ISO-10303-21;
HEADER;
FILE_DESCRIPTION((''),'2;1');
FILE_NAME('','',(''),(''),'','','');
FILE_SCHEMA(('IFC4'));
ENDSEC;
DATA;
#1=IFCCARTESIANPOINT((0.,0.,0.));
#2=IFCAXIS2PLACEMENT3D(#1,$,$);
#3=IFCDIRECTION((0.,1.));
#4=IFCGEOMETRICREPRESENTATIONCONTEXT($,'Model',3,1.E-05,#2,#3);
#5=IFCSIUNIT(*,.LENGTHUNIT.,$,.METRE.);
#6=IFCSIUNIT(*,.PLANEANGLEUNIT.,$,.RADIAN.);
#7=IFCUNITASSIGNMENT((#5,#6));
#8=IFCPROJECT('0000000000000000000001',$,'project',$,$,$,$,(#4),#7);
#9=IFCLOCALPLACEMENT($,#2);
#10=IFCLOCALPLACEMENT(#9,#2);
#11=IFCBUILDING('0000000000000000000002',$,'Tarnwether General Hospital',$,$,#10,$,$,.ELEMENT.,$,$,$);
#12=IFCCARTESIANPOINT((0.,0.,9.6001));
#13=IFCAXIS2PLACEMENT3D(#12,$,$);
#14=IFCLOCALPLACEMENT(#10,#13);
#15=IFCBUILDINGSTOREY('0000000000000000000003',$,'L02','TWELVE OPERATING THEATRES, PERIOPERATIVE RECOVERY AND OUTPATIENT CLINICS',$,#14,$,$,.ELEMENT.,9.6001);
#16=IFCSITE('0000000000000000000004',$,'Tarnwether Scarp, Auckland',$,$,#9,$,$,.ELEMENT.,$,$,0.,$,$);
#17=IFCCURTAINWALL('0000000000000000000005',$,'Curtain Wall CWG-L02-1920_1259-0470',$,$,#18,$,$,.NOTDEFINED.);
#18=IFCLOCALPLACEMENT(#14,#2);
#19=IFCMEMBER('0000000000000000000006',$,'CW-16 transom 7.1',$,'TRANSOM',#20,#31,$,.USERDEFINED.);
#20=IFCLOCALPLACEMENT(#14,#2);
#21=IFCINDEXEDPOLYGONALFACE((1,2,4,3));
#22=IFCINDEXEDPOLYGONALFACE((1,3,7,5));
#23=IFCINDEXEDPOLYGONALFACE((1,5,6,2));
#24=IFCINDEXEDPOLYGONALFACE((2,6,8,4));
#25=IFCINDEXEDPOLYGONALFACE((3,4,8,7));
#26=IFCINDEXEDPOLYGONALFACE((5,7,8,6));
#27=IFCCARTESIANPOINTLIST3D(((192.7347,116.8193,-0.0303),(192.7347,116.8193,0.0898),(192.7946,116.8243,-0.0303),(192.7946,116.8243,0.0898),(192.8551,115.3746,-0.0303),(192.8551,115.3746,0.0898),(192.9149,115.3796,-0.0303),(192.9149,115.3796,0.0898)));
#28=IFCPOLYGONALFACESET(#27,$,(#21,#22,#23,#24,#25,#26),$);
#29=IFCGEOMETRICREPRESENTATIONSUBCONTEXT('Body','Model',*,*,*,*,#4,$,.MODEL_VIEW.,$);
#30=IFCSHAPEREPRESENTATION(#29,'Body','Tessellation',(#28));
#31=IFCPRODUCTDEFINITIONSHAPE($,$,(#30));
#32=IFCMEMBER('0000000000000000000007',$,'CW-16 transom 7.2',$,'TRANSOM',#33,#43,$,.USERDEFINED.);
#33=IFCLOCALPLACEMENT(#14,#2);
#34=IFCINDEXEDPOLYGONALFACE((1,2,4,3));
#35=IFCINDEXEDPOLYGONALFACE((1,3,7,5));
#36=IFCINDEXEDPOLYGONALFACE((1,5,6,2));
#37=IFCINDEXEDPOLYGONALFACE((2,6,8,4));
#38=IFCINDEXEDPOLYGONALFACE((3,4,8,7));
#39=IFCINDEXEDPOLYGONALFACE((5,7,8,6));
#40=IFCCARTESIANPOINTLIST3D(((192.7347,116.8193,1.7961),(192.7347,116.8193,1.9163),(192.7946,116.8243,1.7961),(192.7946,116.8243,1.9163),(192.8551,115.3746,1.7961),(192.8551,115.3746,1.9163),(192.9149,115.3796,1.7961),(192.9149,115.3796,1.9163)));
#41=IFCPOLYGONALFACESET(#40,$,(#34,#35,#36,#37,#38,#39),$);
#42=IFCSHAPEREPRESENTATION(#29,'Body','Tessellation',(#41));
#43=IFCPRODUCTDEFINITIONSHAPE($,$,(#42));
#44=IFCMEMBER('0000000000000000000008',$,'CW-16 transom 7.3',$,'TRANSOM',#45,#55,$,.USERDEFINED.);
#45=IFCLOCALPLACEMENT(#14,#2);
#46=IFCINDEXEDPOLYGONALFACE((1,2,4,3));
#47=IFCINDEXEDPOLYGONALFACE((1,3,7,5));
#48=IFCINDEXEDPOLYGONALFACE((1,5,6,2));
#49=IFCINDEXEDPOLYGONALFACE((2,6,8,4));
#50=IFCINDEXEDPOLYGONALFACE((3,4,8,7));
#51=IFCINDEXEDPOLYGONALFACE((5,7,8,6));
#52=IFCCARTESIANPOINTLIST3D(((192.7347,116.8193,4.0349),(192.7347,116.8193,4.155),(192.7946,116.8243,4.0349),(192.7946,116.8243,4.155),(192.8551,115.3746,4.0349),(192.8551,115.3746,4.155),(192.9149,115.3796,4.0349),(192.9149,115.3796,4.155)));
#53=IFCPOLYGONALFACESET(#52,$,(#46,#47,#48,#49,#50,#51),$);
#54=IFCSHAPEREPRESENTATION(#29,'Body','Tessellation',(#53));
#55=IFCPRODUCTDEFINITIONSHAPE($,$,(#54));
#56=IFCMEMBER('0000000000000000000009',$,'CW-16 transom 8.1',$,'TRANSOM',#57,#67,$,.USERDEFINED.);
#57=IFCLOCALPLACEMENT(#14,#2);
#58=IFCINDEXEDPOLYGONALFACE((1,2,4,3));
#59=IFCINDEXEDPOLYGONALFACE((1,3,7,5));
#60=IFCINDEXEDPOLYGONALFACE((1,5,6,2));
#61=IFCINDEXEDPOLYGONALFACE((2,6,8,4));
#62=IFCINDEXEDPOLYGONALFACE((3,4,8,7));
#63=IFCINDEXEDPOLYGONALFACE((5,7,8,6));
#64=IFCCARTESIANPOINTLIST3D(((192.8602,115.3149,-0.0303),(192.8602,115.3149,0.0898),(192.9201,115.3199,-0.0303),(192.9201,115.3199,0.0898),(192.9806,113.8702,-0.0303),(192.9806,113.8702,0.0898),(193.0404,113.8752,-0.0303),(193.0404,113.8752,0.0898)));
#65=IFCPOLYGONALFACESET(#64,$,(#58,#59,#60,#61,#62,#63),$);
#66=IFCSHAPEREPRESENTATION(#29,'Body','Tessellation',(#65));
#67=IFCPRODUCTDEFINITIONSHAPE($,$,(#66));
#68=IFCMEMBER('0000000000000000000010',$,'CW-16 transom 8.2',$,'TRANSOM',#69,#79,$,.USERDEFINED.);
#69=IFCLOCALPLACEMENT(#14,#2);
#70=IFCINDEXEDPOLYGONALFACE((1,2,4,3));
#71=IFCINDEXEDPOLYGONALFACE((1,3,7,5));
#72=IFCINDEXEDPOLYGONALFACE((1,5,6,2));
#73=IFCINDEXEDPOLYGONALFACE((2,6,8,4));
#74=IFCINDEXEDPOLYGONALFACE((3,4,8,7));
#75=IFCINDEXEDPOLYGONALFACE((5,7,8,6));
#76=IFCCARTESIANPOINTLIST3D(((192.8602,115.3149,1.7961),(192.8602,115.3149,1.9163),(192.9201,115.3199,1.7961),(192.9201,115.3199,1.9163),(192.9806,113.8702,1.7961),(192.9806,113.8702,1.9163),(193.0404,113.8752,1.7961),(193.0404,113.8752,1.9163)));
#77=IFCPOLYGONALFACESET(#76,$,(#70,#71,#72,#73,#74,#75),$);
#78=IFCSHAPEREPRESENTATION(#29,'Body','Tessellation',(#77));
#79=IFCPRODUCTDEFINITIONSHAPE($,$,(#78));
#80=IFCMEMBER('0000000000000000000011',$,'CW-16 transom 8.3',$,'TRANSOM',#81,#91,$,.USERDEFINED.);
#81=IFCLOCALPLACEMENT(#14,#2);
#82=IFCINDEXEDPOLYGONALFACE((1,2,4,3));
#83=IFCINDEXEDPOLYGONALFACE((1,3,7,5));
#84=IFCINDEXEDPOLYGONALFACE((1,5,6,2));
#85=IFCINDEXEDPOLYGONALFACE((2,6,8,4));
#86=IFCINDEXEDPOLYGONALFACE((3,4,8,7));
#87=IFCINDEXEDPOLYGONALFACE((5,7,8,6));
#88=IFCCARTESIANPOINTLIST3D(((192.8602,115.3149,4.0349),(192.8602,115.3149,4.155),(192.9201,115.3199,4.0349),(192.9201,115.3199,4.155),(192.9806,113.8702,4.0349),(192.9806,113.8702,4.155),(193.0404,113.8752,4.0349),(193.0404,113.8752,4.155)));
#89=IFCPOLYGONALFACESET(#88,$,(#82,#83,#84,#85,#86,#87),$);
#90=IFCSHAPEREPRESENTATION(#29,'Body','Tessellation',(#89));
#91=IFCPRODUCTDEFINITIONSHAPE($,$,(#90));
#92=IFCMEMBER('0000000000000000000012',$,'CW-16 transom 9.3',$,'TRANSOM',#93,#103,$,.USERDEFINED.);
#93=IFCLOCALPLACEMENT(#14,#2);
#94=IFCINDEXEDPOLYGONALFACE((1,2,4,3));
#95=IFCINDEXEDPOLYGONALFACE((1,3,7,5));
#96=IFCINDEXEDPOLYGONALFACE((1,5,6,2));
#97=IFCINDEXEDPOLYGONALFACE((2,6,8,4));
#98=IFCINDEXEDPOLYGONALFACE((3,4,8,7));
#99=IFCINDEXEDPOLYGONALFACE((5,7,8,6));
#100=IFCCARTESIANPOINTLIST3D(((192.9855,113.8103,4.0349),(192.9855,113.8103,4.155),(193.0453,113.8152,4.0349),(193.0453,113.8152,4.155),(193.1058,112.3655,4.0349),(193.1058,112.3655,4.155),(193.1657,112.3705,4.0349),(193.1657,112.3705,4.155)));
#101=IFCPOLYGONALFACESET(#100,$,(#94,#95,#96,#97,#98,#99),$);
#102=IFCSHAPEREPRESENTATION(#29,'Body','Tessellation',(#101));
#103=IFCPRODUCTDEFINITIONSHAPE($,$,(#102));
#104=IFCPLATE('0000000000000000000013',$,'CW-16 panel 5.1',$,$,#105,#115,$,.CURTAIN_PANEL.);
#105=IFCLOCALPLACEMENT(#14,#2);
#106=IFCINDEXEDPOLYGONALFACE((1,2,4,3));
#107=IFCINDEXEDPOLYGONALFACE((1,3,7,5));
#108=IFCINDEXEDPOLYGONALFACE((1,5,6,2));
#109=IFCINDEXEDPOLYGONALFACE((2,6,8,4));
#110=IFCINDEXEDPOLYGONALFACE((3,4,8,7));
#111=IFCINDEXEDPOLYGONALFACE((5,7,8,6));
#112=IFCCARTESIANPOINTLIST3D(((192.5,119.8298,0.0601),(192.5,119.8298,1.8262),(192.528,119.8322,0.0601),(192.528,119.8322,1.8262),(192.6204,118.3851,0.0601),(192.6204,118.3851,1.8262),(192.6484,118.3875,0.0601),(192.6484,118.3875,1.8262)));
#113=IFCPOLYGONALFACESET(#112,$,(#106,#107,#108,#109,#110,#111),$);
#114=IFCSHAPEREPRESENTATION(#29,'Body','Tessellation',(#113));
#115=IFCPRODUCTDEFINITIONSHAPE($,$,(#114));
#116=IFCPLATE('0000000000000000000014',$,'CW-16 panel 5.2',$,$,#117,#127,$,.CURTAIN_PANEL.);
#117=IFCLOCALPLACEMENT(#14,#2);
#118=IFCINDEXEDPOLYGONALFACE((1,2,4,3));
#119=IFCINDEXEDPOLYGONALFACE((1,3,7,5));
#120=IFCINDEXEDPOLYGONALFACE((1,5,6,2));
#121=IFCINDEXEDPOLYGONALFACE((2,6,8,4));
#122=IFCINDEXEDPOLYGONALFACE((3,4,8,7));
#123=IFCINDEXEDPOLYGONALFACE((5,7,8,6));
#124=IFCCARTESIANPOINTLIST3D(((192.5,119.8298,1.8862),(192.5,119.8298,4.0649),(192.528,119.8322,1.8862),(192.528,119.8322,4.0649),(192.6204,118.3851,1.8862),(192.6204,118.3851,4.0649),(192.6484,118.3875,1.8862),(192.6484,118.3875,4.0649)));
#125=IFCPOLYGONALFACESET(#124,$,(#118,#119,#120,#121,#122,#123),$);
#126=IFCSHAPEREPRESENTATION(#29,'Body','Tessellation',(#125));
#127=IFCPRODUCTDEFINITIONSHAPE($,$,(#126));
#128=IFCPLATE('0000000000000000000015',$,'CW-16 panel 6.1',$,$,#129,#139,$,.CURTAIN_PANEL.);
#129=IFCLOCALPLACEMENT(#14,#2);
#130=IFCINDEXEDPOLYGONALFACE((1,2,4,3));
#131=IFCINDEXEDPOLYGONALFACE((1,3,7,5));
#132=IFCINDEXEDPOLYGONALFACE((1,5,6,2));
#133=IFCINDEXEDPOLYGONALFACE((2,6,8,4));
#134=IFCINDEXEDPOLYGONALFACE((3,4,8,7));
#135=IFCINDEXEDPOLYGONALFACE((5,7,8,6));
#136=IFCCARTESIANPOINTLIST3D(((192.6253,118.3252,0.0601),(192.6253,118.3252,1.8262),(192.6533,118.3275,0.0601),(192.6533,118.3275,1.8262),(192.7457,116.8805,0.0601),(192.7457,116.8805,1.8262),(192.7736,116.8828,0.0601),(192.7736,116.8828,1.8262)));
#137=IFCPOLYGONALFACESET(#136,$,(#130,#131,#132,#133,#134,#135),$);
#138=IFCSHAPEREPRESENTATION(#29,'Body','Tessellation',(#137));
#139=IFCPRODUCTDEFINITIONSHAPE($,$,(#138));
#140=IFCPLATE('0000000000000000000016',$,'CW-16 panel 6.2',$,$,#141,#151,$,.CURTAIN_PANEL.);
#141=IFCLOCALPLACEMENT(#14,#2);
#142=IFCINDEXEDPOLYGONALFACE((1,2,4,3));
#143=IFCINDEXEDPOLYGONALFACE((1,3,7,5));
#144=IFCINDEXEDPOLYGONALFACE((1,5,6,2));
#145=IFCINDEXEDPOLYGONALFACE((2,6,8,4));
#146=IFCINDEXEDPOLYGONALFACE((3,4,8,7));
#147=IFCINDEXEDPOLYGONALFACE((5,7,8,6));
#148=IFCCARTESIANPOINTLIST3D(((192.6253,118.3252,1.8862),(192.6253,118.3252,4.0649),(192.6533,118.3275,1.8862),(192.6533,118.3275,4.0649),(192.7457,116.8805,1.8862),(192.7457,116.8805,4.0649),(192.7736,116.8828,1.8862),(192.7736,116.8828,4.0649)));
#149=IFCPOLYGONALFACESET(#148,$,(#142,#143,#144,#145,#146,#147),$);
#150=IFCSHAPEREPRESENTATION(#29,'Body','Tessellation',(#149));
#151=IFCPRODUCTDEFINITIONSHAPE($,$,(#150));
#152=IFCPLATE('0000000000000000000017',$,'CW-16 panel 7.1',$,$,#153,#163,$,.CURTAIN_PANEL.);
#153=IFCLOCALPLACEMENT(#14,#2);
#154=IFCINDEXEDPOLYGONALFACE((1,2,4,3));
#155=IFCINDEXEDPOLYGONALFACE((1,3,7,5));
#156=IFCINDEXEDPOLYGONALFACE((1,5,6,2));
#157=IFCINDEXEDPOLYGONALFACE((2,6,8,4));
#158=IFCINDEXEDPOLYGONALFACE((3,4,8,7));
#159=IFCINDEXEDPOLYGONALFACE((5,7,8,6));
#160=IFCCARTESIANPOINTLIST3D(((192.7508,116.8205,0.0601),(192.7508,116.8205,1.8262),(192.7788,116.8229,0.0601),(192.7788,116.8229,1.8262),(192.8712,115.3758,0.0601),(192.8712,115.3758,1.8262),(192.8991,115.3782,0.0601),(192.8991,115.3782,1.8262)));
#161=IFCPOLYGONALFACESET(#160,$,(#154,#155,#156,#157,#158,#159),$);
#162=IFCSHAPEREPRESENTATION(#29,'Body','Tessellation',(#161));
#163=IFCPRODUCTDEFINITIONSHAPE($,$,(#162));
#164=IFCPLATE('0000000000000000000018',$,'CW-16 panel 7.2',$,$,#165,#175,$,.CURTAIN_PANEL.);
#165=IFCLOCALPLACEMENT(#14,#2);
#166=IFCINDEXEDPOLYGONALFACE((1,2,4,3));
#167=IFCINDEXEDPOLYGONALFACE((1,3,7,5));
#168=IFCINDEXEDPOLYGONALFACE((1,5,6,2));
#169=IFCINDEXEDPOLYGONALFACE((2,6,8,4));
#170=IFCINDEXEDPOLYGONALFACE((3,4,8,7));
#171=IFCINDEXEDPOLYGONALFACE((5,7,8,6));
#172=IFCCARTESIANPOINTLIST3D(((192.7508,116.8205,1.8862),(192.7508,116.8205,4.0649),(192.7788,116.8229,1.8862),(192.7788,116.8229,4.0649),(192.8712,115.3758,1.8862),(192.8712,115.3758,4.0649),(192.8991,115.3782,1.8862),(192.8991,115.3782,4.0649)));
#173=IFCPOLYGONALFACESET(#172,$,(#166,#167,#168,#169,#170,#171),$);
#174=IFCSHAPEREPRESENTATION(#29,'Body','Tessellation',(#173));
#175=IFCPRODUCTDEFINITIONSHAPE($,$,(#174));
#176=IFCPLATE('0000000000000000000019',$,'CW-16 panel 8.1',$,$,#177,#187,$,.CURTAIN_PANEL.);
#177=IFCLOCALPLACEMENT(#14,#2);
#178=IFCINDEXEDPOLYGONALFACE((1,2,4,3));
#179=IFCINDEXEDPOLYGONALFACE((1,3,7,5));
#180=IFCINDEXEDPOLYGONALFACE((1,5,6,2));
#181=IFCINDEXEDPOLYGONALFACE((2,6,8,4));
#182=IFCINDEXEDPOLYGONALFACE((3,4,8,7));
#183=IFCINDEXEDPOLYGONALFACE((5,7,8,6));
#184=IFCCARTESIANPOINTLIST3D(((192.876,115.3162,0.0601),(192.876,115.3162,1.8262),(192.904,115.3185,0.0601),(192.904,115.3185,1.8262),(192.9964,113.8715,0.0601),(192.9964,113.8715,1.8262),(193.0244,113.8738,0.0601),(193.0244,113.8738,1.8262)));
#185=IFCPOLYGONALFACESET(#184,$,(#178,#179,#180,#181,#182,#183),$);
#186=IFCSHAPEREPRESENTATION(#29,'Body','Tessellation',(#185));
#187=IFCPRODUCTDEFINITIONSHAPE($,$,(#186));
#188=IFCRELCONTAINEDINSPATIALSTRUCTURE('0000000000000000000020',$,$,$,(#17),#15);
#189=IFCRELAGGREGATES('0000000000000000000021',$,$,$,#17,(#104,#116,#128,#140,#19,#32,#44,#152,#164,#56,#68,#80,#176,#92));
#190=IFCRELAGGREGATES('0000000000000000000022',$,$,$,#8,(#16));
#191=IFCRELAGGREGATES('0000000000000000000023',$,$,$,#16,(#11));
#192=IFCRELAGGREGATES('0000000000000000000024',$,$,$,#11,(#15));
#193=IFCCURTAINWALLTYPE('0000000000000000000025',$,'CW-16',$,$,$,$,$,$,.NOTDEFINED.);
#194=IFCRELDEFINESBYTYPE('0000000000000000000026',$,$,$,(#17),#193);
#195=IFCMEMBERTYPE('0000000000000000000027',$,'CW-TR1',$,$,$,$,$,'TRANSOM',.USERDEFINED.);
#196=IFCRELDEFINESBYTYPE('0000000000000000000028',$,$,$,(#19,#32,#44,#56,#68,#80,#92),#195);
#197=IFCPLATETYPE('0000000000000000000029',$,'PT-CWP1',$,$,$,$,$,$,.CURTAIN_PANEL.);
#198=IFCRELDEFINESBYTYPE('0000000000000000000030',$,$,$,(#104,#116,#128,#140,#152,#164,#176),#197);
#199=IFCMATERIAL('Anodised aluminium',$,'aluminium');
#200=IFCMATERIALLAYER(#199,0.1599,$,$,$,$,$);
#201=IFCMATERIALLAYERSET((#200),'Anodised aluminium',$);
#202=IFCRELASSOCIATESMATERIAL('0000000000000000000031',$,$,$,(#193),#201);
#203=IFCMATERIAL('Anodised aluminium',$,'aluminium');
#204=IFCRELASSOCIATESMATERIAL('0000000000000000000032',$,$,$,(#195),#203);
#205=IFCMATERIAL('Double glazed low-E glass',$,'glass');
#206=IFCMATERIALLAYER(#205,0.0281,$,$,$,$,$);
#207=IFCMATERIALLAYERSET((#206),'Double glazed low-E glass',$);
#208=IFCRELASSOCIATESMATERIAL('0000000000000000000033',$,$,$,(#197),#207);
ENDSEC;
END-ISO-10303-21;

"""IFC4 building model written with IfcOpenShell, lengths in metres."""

from ifc_helpers import new_model, si_unit, direction, frame, origin, origin_2d, place, context, subcontext, project, spatial, rectangle, extrude, material, layer, layer_set, material_profile, profile_set, type_object, element, aggregate, save


model = new_model("IFC4")

# Units and contexts
model_context = context("Model", 3, precision=1e-05, world=origin(), true_north=direction((0.0, 1.0)))
body_context = subcontext(model_context, "Body", "Model", "MODEL_VIEW")
ifc_project = project(units=[si_unit("LENGTHUNIT", "METRE"), si_unit("PLANEANGLEUNIT", "RADIAN")], contexts=[model_context])

# Site, building, storey
site_placement = place(None, origin())
site = spatial("IfcSite", under=ifc_project, at=site_placement, Name="Tarnwether Scarp, Auckland", CompositionType="ELEMENT", RefElevation=0.0)
building_placement = place(site_placement, origin())
building = spatial("IfcBuilding", under=site, at=building_placement, Name="Tarnwether General Hospital", CompositionType="ELEMENT")
storey_placement = place(building_placement, frame((0.0, 0.0, 9.6001)))
storey = spatial("IfcBuildingStorey", under=building, at=storey_placement, Name="L02", Description="TWELVE OPERATING THEATRES, PERIOPERATIVE RECOVERY AND OUTPATIENT CLINICS", CompositionType="ELEMENT", Elevation=9.6001)

# Curtain wall, members, plates
ifc_material_1 = material(Name="Anodised aluminium", Category="aluminium")
ifc_layer_1 = layer(ifc_material_1, 0.1599)
ifc_layer_set_1 = layer_set([ifc_layer_1], Name="Anodised aluminium")
curtain_wall_type = type_object("IfcCurtainWallType", Name="CW-16", PredefinedType="NOTDEFINED", material=ifc_layer_set_1)
curtain_wall_placement = place(storey_placement, origin())
curtain_wall = element("IfcCurtainWall", 1, at=curtain_wall_placement, inside=storey, type_object=curtain_wall_type, Name="Curtain Wall CWG-L02-1920_1259-0470", PredefinedType="NOTDEFINED")
ifc_material_2 = material(Name="Anodised aluminium", Category="aluminium")
ifc_material_profile_1 = material_profile(ifc_material_2, rectangle(XDim=0.0601, YDim=0.1201, at=origin_2d()), Name="ALU-TRN-60x120")
ifc_profile_set_1 = profile_set([ifc_material_profile_1], Name="Anodised aluminium")
member_type_1 = type_object("IfcMemberType", Name="CW-TR1", ElementType="TRANSOM", PredefinedType="USERDEFINED", material=ifc_profile_set_1)
member_1_placement = place(storey_placement, frame((192.7646, 116.8218, 0.0298), z_axis=(0.083032, -0.996547, 0.0), x_axis=(0.996547, 0.083032, 0.0)))
member_1 = element("IfcMember", 2, at=member_1_placement, type_object=member_type_1, Name="CW-16 transom 7.1", ObjectType="TRANSOM", PredefinedType="USERDEFINED", context=body_context, shape_type="SweptSolid", body=[
    extrude(rectangle(XDim=0.0601, YDim=0.1201, at=origin_2d()), origin(), (0.0, 0.0, 1.0), 1.4497),
])
member_2_placement = place(storey_placement, frame((192.7646, 116.8218, 1.8562), z_axis=(0.083032, -0.996547, 0.0), x_axis=(0.996547, 0.083032, 0.0)))
member_2 = element("IfcMember", 3, at=member_2_placement, type_object=member_type_1, Name="CW-16 transom 7.2", ObjectType="TRANSOM", PredefinedType="USERDEFINED", context=body_context, shape_type="SweptSolid", body=[
    extrude(rectangle(XDim=0.0601, YDim=0.1201, at=origin_2d()), origin(), (0.0, 0.0, 1.0), 1.4497),
])
member_3_placement = place(storey_placement, frame((192.7646, 116.8218, 4.095), z_axis=(0.083032, -0.996547, 0.0), x_axis=(0.996547, 0.083032, 0.0)))
member_3 = element("IfcMember", 4, at=member_3_placement, type_object=member_type_1, Name="CW-16 transom 7.3", ObjectType="TRANSOM", PredefinedType="USERDEFINED", context=body_context, shape_type="SweptSolid", body=[
    extrude(rectangle(XDim=0.0601, YDim=0.1201, at=origin_2d()), origin(), (0.0, 0.0, 1.0), 1.4497),
])
member_4_placement = place(storey_placement, frame((192.8901, 115.3174, 0.0298), z_axis=(0.083018, -0.996548, 0.0), x_axis=(0.996548, 0.083018, 0.0)))
member_4 = element("IfcMember", 5, at=member_4_placement, type_object=member_type_1, Name="CW-16 transom 8.1", ObjectType="TRANSOM", PredefinedType="USERDEFINED", context=body_context, shape_type="SweptSolid", body=[
    extrude(rectangle(XDim=0.0601, YDim=0.1201, at=origin_2d()), origin(), (0.0, 0.0, 1.0), 1.4497),
])
member_5_placement = place(storey_placement, frame((192.8901, 115.3174, 1.8562), z_axis=(0.083018, -0.996548, 0.0), x_axis=(0.996548, 0.083018, 0.0)))
member_5 = element("IfcMember", 6, at=member_5_placement, type_object=member_type_1, Name="CW-16 transom 8.2", ObjectType="TRANSOM", PredefinedType="USERDEFINED", context=body_context, shape_type="SweptSolid", body=[
    extrude(rectangle(XDim=0.0601, YDim=0.1201, at=origin_2d()), origin(), (0.0, 0.0, 1.0), 1.4497),
])
member_6_placement = place(storey_placement, frame((192.8901, 115.3174, 4.095), z_axis=(0.083018, -0.996548, 0.0), x_axis=(0.996548, 0.083018, 0.0)))
member_6 = element("IfcMember", 7, at=member_6_placement, type_object=member_type_1, Name="CW-16 transom 8.3", ObjectType="TRANSOM", PredefinedType="USERDEFINED", context=body_context, shape_type="SweptSolid", body=[
    extrude(rectangle(XDim=0.0601, YDim=0.1201, at=origin_2d()), origin(), (0.0, 0.0, 1.0), 1.4497),
])
member_7_placement = place(storey_placement, frame((193.0154, 113.8127, 4.095), z_axis=(0.083018, -0.996548, 0.0), x_axis=(0.996548, 0.083018, 0.0)))
member_7 = element("IfcMember", 8, at=member_7_placement, type_object=member_type_1, Name="CW-16 transom 9.3", ObjectType="TRANSOM", PredefinedType="USERDEFINED", context=body_context, shape_type="SweptSolid", body=[
    extrude(rectangle(XDim=0.0601, YDim=0.1201, at=origin_2d()), origin(), (0.0, 0.0, 1.0), 1.4497),
])
ifc_material_3 = material(Name="Double glazed low-E glass", Category="glass")
ifc_layer_2 = layer(ifc_material_3, 0.0281)
ifc_layer_set_2 = layer_set([ifc_layer_2], Name="Double glazed low-E glass")
plate_type_1 = type_object("IfcPlateType", Name="PT-CWP1", PredefinedType="CURTAIN_PANEL", material=ifc_layer_set_2)
plate_1_placement = place(storey_placement, frame((192.5742, 119.1086, 0.0601), z_axis=(0.0, 0.0, 1.0), x_axis=(0.083036, -0.996547, 0.0)))
plate_1 = element("IfcPlate", 9, at=plate_1_placement, type_object=plate_type_1, Name="CW-16 panel 5.1", PredefinedType="CURTAIN_PANEL", context=body_context, shape_type="SweptSolid", body=[
    extrude(rectangle(XDim=1.4497, YDim=0.0281, at=origin_2d()), origin(), (0.0, 0.0, 1.0), 1.7661),
])
plate_2_placement = place(storey_placement, frame((192.5742, 119.1086, 1.8862), z_axis=(0.0, 0.0, 1.0), x_axis=(0.083036, -0.996547, 0.0)))
plate_2 = element("IfcPlate", 10, at=plate_2_placement, type_object=plate_type_1, Name="CW-16 panel 5.2", PredefinedType="CURTAIN_PANEL", context=body_context, shape_type="SweptSolid", body=[
    extrude(rectangle(XDim=1.4497, YDim=0.0281, at=origin_2d()), origin(), (0.0, 0.0, 1.0), 2.1787),
])
plate_3_placement = place(storey_placement, frame((192.6995, 117.604, 0.0601), z_axis=(0.0, 0.0, 1.0), x_axis=(0.083036, -0.996547, 0.0)))
plate_3 = element("IfcPlate", 11, at=plate_3_placement, type_object=plate_type_1, Name="CW-16 panel 6.1", PredefinedType="CURTAIN_PANEL", context=body_context, shape_type="SweptSolid", body=[
    extrude(rectangle(XDim=1.4497, YDim=0.0281, at=origin_2d()), origin(), (0.0, 0.0, 1.0), 1.7661),
])
plate_4_placement = place(storey_placement, frame((192.6995, 117.604, 1.8862), z_axis=(0.0, 0.0, 1.0), x_axis=(0.083036, -0.996547, 0.0)))
plate_4 = element("IfcPlate", 12, at=plate_4_placement, type_object=plate_type_1, Name="CW-16 panel 6.2", PredefinedType="CURTAIN_PANEL", context=body_context, shape_type="SweptSolid", body=[
    extrude(rectangle(XDim=1.4497, YDim=0.0281, at=origin_2d()), origin(), (0.0, 0.0, 1.0), 2.1787),
])
plate_5_placement = place(storey_placement, frame((192.825, 116.0994, 0.0601), z_axis=(0.0, 0.0, 1.0), x_axis=(0.083036, -0.996547, 0.0)))
plate_5 = element("IfcPlate", 13, at=plate_5_placement, type_object=plate_type_1, Name="CW-16 panel 7.1", PredefinedType="CURTAIN_PANEL", context=body_context, shape_type="SweptSolid", body=[
    extrude(rectangle(XDim=1.4497, YDim=0.0281, at=origin_2d()), origin(), (0.0, 0.0, 1.0), 1.7661),
])
plate_6_placement = place(storey_placement, frame((192.825, 116.0994, 1.8862), z_axis=(0.0, 0.0, 1.0), x_axis=(0.083036, -0.996547, 0.0)))
plate_6 = element("IfcPlate", 14, at=plate_6_placement, type_object=plate_type_1, Name="CW-16 panel 7.2", PredefinedType="CURTAIN_PANEL", context=body_context, shape_type="SweptSolid", body=[
    extrude(rectangle(XDim=1.4497, YDim=0.0281, at=origin_2d()), origin(), (0.0, 0.0, 1.0), 2.1787),
])
plate_7_placement = place(storey_placement, frame((192.9502, 114.595, 0.0601), z_axis=(0.0, 0.0, 1.0), x_axis=(0.083036, -0.996547, 0.0)))
plate_7 = element("IfcPlate", 15, at=plate_7_placement, type_object=plate_type_1, Name="CW-16 panel 8.1", PredefinedType="CURTAIN_PANEL", context=body_context, shape_type="SweptSolid", body=[
    extrude(rectangle(XDim=1.4497, YDim=0.0281, at=origin_2d()), origin(), (0.0, 0.0, 1.0), 1.7661),
])
aggregate(curtain_wall, [plate_1, plate_2, plate_3, plate_4, member_1, member_2, member_3, plate_5, plate_6, member_4, member_5, member_6, plate_7, member_7])

save(model, "model.ifc")
